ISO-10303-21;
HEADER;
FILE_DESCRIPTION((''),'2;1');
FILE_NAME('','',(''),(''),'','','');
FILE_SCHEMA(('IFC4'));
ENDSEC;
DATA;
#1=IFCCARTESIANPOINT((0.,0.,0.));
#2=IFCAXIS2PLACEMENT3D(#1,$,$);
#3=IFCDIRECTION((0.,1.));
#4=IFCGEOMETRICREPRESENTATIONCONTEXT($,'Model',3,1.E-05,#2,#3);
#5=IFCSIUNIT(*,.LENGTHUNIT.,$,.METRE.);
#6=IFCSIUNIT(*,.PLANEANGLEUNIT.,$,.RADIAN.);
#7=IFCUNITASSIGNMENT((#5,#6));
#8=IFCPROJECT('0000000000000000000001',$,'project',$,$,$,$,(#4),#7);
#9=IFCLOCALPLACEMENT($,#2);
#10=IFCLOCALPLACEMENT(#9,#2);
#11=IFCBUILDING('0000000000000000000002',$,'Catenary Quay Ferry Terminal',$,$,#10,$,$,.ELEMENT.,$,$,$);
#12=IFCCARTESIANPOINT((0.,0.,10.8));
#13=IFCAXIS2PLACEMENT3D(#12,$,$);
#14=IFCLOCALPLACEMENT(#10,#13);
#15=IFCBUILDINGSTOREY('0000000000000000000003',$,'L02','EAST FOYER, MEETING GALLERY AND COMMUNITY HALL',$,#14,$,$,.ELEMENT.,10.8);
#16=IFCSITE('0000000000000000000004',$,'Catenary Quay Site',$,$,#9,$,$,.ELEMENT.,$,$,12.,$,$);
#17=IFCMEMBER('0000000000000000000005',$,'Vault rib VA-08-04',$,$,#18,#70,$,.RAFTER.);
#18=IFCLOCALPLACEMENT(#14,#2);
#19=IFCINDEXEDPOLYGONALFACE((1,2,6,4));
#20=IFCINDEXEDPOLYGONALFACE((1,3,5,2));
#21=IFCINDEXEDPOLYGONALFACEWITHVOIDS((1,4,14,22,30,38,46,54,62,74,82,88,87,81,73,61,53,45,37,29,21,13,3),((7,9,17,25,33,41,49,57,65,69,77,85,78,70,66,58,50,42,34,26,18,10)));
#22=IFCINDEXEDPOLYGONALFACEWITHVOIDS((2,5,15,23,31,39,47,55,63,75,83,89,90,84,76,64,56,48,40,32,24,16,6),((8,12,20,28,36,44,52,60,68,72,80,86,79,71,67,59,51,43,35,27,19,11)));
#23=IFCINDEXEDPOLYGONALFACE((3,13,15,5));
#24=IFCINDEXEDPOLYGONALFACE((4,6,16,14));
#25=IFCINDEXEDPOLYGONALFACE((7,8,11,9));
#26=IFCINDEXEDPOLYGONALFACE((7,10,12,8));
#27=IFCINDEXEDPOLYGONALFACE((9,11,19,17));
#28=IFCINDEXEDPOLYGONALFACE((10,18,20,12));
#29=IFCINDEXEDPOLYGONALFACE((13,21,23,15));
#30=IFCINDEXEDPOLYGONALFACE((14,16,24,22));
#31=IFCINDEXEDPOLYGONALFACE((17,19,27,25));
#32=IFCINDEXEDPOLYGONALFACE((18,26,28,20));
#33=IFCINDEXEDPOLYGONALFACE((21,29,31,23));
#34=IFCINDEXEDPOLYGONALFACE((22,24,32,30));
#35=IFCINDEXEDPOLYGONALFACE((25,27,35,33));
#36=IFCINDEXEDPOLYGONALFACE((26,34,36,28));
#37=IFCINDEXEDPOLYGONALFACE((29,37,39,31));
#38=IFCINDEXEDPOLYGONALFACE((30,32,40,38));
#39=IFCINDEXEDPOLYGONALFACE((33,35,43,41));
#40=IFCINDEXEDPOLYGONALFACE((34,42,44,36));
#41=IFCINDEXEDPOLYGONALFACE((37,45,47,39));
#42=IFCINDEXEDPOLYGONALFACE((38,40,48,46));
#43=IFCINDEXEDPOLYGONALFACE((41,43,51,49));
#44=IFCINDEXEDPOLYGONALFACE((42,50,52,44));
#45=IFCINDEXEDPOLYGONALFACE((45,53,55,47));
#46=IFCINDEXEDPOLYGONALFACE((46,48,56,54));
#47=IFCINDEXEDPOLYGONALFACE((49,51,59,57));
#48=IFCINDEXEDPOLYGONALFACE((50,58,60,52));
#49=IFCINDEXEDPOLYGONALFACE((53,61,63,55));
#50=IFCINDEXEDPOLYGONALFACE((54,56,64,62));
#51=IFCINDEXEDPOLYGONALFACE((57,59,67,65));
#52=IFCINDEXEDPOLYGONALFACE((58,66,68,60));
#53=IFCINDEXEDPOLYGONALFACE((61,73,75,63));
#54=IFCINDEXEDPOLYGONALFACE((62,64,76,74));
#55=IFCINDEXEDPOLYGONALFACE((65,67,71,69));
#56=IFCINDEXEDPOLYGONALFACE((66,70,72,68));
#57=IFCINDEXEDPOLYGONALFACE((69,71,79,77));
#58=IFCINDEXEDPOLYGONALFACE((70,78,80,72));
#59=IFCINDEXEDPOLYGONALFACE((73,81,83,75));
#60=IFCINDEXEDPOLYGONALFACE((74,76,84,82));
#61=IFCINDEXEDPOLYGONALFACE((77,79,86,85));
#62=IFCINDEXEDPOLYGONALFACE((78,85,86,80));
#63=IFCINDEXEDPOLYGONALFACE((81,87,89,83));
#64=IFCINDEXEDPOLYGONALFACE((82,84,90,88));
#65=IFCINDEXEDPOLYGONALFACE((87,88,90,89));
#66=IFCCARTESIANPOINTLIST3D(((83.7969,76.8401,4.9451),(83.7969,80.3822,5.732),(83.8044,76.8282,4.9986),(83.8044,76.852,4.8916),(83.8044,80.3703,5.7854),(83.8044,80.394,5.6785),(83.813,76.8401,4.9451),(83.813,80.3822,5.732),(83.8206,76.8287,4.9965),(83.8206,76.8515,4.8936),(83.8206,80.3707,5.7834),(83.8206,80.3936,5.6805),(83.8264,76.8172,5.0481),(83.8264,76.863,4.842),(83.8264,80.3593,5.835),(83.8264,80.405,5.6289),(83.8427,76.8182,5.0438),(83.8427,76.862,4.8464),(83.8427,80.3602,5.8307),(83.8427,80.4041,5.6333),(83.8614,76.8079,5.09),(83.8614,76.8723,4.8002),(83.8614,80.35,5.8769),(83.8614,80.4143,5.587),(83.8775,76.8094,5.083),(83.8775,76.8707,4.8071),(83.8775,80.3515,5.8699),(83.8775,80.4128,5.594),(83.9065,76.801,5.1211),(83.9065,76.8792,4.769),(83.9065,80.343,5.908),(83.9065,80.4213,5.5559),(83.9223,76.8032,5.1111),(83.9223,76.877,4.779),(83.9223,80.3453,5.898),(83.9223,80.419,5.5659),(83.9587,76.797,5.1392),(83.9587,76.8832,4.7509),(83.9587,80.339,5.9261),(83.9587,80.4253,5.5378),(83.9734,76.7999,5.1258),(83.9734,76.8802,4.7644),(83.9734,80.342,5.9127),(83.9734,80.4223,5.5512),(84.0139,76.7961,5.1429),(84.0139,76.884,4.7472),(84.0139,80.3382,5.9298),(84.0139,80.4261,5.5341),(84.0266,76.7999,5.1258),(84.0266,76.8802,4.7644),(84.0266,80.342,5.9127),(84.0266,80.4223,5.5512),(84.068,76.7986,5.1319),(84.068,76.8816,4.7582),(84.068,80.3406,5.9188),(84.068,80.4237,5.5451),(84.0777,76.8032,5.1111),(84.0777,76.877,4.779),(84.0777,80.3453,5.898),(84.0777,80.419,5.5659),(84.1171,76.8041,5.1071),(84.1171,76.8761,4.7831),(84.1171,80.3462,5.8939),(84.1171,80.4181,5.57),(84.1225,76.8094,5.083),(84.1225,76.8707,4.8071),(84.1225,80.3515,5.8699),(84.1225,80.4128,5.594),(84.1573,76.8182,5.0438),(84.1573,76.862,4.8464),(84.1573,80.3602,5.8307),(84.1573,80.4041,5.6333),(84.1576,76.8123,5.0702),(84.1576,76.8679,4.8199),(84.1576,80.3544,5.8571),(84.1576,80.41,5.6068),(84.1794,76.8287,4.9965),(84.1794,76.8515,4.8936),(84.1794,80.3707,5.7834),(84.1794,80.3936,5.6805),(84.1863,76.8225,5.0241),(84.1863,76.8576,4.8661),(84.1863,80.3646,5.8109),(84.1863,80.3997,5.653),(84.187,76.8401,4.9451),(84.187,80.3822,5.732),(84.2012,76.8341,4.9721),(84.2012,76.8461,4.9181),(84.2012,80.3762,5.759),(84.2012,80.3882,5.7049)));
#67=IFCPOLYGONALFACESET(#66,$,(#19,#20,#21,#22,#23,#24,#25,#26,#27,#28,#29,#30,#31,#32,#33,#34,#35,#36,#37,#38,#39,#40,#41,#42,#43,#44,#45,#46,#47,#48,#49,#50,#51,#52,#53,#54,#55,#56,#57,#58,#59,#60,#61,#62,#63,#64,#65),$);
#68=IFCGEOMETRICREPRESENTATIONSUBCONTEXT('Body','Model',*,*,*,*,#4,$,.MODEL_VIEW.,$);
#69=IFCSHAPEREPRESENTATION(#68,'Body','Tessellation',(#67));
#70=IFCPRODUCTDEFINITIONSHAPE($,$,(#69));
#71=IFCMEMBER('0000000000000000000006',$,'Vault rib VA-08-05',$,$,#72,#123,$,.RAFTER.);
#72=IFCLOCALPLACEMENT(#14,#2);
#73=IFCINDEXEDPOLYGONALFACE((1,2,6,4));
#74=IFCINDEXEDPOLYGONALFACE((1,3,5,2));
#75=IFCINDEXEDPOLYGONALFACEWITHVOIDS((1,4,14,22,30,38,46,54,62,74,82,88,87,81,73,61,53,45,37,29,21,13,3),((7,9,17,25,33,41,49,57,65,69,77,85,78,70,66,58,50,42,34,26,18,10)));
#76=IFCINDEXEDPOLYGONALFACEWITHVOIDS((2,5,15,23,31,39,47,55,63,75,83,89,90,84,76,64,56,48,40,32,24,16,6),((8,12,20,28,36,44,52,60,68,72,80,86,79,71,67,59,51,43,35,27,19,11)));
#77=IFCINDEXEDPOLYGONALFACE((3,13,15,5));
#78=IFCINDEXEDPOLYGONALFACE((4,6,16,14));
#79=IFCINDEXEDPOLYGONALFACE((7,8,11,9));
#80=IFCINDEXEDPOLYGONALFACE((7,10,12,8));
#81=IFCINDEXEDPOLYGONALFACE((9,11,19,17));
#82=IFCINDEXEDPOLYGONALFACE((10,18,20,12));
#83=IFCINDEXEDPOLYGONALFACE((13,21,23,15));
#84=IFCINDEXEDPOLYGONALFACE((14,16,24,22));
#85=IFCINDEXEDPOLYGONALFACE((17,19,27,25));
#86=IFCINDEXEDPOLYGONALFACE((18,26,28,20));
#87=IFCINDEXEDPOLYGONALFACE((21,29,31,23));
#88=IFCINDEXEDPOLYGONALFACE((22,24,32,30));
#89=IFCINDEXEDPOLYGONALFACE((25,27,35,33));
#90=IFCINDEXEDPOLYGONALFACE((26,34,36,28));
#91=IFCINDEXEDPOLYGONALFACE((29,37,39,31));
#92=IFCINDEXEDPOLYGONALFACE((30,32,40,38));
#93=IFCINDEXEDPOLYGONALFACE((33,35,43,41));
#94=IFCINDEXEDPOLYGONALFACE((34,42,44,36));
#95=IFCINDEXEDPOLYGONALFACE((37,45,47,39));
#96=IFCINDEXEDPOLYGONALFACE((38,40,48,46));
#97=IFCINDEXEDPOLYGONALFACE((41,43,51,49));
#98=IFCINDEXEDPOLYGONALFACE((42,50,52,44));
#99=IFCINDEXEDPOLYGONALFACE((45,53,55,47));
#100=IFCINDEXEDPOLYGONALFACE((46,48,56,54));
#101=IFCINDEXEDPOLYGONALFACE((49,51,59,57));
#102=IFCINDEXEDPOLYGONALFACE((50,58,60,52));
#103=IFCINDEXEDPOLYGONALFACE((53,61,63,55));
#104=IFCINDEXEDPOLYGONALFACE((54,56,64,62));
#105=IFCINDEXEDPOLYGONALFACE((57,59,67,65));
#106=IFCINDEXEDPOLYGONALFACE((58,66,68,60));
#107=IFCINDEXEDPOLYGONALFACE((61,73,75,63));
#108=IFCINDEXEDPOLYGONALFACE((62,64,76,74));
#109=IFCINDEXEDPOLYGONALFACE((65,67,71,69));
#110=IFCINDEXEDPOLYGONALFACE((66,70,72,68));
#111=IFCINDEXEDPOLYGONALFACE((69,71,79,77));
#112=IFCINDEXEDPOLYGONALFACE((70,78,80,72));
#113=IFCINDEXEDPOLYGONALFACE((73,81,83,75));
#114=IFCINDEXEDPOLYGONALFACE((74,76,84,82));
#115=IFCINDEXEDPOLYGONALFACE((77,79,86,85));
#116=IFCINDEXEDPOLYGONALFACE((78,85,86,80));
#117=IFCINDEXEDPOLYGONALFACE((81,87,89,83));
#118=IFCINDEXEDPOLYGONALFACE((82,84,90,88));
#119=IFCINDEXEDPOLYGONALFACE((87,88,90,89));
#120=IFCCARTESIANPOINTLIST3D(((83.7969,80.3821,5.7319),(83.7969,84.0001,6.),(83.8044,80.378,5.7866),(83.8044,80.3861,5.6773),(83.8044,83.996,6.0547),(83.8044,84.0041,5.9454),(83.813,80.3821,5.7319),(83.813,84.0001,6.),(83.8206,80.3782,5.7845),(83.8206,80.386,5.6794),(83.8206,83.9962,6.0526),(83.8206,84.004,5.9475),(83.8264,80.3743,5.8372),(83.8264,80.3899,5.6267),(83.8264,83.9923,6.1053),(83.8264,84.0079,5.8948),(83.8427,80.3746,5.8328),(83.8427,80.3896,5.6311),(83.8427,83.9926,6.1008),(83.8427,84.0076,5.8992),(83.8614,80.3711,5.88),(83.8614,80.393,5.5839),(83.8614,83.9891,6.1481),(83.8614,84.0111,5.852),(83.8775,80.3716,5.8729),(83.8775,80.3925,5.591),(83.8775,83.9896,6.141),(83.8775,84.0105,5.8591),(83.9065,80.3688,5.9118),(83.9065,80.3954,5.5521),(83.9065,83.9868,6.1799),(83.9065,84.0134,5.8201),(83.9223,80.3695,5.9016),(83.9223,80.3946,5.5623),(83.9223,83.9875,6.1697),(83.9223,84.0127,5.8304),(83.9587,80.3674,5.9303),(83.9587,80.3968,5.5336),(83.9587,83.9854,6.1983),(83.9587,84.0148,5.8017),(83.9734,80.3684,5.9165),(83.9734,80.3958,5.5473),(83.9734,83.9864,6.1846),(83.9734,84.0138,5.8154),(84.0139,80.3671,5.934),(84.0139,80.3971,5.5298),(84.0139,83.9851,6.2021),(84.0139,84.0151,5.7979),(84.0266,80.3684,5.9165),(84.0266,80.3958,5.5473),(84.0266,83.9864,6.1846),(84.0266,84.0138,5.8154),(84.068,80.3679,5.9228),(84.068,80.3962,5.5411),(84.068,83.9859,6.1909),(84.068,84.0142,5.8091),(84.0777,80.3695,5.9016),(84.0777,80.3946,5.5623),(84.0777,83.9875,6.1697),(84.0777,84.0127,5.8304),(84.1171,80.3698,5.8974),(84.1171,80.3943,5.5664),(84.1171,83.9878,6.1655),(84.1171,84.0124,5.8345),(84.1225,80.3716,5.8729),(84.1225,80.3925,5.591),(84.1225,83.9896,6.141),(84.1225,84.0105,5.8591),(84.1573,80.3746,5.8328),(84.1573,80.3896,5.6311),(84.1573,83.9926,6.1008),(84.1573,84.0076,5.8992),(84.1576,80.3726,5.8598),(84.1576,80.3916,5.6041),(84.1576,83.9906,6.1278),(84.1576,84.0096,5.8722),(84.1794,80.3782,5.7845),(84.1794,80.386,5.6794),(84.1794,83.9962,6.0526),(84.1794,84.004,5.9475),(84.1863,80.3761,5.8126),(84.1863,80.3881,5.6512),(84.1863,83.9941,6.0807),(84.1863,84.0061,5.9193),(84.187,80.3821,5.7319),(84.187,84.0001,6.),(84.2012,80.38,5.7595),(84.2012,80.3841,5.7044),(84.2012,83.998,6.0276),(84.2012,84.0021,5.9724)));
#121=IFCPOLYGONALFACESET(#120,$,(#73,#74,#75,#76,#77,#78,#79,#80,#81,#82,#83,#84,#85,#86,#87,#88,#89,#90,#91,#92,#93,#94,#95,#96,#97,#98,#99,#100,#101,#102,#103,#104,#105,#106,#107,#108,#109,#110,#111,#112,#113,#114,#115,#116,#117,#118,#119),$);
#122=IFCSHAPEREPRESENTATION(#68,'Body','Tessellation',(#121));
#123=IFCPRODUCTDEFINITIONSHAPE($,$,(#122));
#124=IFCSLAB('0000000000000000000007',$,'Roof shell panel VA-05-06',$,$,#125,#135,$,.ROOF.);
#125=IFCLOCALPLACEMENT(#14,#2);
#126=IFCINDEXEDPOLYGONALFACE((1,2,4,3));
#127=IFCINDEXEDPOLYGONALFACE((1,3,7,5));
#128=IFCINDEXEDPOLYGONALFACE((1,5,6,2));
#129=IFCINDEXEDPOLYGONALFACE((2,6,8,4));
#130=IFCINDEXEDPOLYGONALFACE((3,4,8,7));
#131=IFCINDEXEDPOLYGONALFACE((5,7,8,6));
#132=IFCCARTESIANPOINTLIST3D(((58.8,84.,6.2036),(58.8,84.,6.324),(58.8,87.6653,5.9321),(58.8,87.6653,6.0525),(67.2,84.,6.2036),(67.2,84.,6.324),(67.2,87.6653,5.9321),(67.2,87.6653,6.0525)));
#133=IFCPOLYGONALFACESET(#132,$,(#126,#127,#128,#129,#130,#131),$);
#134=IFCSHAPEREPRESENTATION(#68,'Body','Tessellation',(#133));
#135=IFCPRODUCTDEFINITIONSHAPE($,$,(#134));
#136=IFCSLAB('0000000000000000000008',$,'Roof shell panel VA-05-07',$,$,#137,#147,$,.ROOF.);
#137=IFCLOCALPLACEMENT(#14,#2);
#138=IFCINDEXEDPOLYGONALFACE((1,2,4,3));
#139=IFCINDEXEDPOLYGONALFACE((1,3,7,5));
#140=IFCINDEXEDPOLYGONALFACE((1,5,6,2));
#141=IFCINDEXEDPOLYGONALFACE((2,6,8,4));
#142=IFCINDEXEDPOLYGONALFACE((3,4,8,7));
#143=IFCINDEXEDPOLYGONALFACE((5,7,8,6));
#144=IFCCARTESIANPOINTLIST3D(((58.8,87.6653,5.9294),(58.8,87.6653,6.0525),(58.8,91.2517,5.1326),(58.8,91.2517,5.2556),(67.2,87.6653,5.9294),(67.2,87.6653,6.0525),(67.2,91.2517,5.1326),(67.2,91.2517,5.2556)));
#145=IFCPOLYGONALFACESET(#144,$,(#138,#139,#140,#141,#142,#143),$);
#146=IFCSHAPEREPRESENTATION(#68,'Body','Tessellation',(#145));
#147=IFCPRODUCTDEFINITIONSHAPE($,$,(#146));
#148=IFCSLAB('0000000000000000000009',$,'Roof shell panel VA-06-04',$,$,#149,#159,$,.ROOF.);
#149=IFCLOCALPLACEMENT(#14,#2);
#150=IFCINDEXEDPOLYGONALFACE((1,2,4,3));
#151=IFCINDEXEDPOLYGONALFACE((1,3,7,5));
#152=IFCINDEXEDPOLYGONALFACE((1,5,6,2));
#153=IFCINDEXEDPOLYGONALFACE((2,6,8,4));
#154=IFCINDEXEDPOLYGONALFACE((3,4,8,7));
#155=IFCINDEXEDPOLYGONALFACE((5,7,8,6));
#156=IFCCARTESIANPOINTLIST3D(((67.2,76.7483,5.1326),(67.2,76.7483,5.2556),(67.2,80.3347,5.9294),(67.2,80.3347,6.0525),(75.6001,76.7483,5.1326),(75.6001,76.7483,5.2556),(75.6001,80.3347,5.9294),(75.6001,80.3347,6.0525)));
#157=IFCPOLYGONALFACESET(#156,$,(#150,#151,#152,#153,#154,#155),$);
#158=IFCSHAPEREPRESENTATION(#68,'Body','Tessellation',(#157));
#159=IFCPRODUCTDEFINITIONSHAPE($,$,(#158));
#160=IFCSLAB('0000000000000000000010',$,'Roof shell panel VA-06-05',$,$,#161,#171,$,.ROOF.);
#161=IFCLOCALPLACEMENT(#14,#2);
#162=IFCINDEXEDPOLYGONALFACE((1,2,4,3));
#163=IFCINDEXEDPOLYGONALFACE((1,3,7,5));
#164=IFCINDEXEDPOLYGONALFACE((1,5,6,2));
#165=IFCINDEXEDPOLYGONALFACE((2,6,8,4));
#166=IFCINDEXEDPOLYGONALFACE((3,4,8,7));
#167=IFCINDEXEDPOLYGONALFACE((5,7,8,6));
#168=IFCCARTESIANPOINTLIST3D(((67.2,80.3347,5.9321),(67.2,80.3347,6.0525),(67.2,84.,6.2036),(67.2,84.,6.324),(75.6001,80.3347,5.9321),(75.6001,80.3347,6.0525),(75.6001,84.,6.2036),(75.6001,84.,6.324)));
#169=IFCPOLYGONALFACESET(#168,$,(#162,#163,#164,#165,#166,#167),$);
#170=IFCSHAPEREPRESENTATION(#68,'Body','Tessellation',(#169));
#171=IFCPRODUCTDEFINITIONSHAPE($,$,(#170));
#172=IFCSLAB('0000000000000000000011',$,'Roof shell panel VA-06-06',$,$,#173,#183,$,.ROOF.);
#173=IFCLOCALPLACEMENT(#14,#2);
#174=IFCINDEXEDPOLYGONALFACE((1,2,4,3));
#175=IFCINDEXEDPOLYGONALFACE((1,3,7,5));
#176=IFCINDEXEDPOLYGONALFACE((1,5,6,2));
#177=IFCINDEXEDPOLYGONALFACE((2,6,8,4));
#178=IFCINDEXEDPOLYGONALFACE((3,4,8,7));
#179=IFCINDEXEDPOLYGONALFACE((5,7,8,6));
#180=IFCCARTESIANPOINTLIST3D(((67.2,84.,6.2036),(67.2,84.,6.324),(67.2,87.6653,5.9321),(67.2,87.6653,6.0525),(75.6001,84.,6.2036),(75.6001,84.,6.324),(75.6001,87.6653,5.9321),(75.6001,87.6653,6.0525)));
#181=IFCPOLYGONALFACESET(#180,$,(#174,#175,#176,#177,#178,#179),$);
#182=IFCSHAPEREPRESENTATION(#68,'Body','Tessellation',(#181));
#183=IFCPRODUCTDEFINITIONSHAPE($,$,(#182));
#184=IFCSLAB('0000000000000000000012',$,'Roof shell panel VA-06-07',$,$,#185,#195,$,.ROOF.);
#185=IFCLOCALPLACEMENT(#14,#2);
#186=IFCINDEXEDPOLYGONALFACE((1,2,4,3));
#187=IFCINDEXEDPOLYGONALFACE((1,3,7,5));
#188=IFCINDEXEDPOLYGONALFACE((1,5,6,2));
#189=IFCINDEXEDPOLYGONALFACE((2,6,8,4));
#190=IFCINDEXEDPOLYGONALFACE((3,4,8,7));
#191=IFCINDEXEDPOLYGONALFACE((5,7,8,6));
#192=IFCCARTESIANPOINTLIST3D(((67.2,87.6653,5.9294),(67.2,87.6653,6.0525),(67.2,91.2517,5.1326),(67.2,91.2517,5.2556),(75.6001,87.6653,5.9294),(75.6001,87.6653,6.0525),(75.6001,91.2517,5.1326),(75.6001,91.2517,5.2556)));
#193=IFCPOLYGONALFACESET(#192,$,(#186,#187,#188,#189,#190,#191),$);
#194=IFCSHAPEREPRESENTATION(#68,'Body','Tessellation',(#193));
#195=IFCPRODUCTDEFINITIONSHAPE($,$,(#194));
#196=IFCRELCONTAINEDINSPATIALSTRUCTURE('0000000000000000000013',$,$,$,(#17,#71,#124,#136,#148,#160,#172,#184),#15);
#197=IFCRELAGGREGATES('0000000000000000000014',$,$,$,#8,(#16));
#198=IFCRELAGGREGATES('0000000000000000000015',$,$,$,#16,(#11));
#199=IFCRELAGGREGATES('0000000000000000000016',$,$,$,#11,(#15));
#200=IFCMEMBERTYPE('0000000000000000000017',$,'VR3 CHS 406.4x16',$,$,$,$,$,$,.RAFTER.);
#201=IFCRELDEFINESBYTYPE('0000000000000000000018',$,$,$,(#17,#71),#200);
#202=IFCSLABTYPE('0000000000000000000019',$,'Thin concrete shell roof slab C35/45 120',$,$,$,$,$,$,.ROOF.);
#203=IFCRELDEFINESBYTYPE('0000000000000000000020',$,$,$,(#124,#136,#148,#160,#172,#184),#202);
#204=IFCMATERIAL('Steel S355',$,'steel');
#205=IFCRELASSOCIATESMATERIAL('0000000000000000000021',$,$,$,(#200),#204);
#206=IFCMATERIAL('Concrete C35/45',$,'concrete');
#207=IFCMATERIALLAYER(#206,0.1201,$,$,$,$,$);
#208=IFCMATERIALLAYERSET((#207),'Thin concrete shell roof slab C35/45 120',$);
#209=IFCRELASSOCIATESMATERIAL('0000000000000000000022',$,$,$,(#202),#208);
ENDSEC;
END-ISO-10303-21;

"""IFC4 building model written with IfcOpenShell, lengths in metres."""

from ifc_helpers import new_model, si_unit, direction, frame, origin, origin_2d, place, context, subcontext, project, spatial, polyline, hollow_circle, outline, extrude, material, layer, layer_set, material_profile, profile_set, type_object, element, save


model = new_model("IFC4")

# Units and contexts
model_context = context("Model", 3, precision=1e-05, world=origin(), true_north=direction((0.0, 1.0)))
body_context = subcontext(model_context, "Body", "Model", "MODEL_VIEW")
ifc_project = project(units=[si_unit("LENGTHUNIT", "METRE"), si_unit("PLANEANGLEUNIT", "RADIAN")], contexts=[model_context])

# Site, building, storey
site_placement = place(None, origin())
site = spatial("IfcSite", under=ifc_project, at=site_placement, Name="Catenary Quay Site", CompositionType="ELEMENT", RefElevation=12.0)
building_placement = place(site_placement, origin())
building = spatial("IfcBuilding", under=site, at=building_placement, Name="Catenary Quay Ferry Terminal", CompositionType="ELEMENT")
storey_placement = place(building_placement, frame((0.0, 0.0, 10.8)))
storey = spatial("IfcBuildingStorey", under=building, at=storey_placement, Name="L02", Description="EAST FOYER, MEETING GALLERY AND COMMUNITY HALL", CompositionType="ELEMENT", Elevation=10.8)

# Members
ifc_material_1 = material(Name="Steel S355", Category="steel")
ifc_material_profile_1 = material_profile(ifc_material_1, hollow_circle(Radius=0.2031, WallThickness=0.0161, at=origin_2d()), Name="CHS 406.4x16")
ifc_profile_set_1 = profile_set([ifc_material_profile_1], Name="Steel S355")
member_type_1 = type_object("IfcMemberType", Name="VR3 CHS 406.4x16", PredefinedType="RAFTER", material=ifc_profile_set_1)
for number, where, z_axis, x_axis, name in (
    (1, (84.0, 76.8401, 4.9451), (0.0, 0.976201, 0.216866), (-1.0, 0.0, 0.0), "Vault rib VA-08-04"),
):
    element("IfcMember", number, at=place(storey_placement, frame(where, z_axis=z_axis, x_axis=x_axis)), inside=storey, type_object=member_type_1, Name=name, PredefinedType="RAFTER", context=body_context, shape_type="SweptSolid", body=[
        extrude(hollow_circle(Radius=0.2031, WallThickness=0.0161, at=origin_2d()), origin(), (0.0, 0.0, 1.0), 3.6284),
    ])
member_1_placement = place(storey_placement, frame((84.0, 80.3821, 5.7319), z_axis=(0.0, 0.997266, 0.073892), x_axis=(-1.0, 0.0, 0.0)))
element("IfcMember", 2, at=member_1_placement, inside=storey, type_object=member_type_1, Name="Vault rib VA-08-05", PredefinedType="RAFTER", context=body_context, shape_type="SweptSolid", body=[
    extrude(hollow_circle(Radius=0.2031, WallThickness=0.0161, at=origin_2d()), origin(), (0.0, 0.0, 1.0), 3.6279),
])

# Slabs
ifc_material_2 = material(Name="Concrete C35/45", Category="concrete")
ifc_layer = layer(ifc_material_2, 0.1201)
ifc_layer_set = layer_set([ifc_layer], Name="Thin concrete shell roof slab C35/45 120")
slab_type = type_object("IfcSlabType", Name="Thin concrete shell roof slab C35/45 120", PredefinedType="ROOF", material=ifc_layer_set)
slab_1_placement = place(storey_placement, frame((58.8, 84.0, 6.324), z_axis=(0.0, 0.073867, 0.997268), x_axis=(1.0, 0.0, 0.0)))
element("IfcSlab", 3, at=slab_1_placement, inside=storey, type_object=slab_type, Name="Roof shell panel VA-05-06", PredefinedType="ROOF", context=body_context, shape_type="SweptSolid", body=[
    extrude(outline(polyline([(0.0, 0.0), (8.3999, 0.0), (8.3999, 3.6753), (0.0, 3.6753), (0.0, 0.0)])), origin(), (0.0, 0.073867, -0.997268), 0.1204),
])
slab_2_placement = place(storey_placement, frame((58.8, 87.6653, 6.0525), z_axis=(0.0, 0.216902, 0.976193), x_axis=(1.0, 0.0, 0.0)))
element("IfcSlab", 4, at=slab_2_placement, inside=storey, type_object=slab_type, Name="Roof shell panel VA-05-07", PredefinedType="ROOF", context=body_context, shape_type="SweptSolid", body=[
    extrude(outline(polyline([(0.0, 0.0), (8.3999, 0.0), (8.3999, 3.6739), (0.0, 3.6739), (0.0, 0.0)])), origin(), (0.0, 0.216902, -0.976193), 0.123),
])
slab_3_placement = place(storey_placement, frame((67.2, 76.7483, 5.2556), z_axis=(0.0, -0.216902, 0.976193), x_axis=(1.0, 0.0, 0.0)))
element("IfcSlab", 5, at=slab_3_placement, inside=storey, type_object=slab_type, Name="Roof shell panel VA-06-04", PredefinedType="ROOF", context=body_context, shape_type="SweptSolid", body=[
    extrude(outline(polyline([(0.0, 0.0), (8.4001, 0.0), (8.4001, 3.6739), (0.0, 3.6739), (0.0, 0.0)])), origin(), (0.0, -0.216902, -0.976193), 0.123),
])
slab_4_placement = place(storey_placement, frame((67.2, 80.3347, 6.0525), z_axis=(0.0, -0.073867, 0.997268), x_axis=(1.0, 0.0, 0.0)))
element("IfcSlab", 6, at=slab_4_placement, inside=storey, type_object=slab_type, Name="Roof shell panel VA-06-05", PredefinedType="ROOF", context=body_context, shape_type="SweptSolid", body=[
    extrude(outline(polyline([(0.0, 0.0), (8.4001, 0.0), (8.4001, 3.6753), (0.0, 3.6753), (0.0, 0.0)])), origin(), (0.0, -0.073867, -0.997268), 0.1204),
])
slab_5_placement = place(storey_placement, frame((67.2, 84.0, 6.324), z_axis=(0.0, 0.073867, 0.997268), x_axis=(1.0, 0.0, 0.0)))
element("IfcSlab", 7, at=slab_5_placement, inside=storey, type_object=slab_type, Name="Roof shell panel VA-06-06", PredefinedType="ROOF", context=body_context, shape_type="SweptSolid", body=[
    extrude(outline(polyline([(0.0, 0.0), (8.4001, 0.0), (8.4001, 3.6753), (0.0, 3.6753), (0.0, 0.0)])), origin(), (0.0, 0.073867, -0.997268), 0.1204),
])
slab_6_placement = place(storey_placement, frame((67.2, 87.6653, 6.0525), z_axis=(0.0, 0.216902, 0.976193), x_axis=(1.0, 0.0, 0.0)))
element("IfcSlab", 8, at=slab_6_placement, inside=storey, type_object=slab_type, Name="Roof shell panel VA-06-07", PredefinedType="ROOF", context=body_context, shape_type="SweptSolid", body=[
    extrude(outline(polyline([(0.0, 0.0), (8.4001, 0.0), (8.4001, 3.6739), (0.0, 3.6739), (0.0, 0.0)])), origin(), (0.0, 0.216902, -0.976193), 0.123),
])

save(model, "model.ifc")
